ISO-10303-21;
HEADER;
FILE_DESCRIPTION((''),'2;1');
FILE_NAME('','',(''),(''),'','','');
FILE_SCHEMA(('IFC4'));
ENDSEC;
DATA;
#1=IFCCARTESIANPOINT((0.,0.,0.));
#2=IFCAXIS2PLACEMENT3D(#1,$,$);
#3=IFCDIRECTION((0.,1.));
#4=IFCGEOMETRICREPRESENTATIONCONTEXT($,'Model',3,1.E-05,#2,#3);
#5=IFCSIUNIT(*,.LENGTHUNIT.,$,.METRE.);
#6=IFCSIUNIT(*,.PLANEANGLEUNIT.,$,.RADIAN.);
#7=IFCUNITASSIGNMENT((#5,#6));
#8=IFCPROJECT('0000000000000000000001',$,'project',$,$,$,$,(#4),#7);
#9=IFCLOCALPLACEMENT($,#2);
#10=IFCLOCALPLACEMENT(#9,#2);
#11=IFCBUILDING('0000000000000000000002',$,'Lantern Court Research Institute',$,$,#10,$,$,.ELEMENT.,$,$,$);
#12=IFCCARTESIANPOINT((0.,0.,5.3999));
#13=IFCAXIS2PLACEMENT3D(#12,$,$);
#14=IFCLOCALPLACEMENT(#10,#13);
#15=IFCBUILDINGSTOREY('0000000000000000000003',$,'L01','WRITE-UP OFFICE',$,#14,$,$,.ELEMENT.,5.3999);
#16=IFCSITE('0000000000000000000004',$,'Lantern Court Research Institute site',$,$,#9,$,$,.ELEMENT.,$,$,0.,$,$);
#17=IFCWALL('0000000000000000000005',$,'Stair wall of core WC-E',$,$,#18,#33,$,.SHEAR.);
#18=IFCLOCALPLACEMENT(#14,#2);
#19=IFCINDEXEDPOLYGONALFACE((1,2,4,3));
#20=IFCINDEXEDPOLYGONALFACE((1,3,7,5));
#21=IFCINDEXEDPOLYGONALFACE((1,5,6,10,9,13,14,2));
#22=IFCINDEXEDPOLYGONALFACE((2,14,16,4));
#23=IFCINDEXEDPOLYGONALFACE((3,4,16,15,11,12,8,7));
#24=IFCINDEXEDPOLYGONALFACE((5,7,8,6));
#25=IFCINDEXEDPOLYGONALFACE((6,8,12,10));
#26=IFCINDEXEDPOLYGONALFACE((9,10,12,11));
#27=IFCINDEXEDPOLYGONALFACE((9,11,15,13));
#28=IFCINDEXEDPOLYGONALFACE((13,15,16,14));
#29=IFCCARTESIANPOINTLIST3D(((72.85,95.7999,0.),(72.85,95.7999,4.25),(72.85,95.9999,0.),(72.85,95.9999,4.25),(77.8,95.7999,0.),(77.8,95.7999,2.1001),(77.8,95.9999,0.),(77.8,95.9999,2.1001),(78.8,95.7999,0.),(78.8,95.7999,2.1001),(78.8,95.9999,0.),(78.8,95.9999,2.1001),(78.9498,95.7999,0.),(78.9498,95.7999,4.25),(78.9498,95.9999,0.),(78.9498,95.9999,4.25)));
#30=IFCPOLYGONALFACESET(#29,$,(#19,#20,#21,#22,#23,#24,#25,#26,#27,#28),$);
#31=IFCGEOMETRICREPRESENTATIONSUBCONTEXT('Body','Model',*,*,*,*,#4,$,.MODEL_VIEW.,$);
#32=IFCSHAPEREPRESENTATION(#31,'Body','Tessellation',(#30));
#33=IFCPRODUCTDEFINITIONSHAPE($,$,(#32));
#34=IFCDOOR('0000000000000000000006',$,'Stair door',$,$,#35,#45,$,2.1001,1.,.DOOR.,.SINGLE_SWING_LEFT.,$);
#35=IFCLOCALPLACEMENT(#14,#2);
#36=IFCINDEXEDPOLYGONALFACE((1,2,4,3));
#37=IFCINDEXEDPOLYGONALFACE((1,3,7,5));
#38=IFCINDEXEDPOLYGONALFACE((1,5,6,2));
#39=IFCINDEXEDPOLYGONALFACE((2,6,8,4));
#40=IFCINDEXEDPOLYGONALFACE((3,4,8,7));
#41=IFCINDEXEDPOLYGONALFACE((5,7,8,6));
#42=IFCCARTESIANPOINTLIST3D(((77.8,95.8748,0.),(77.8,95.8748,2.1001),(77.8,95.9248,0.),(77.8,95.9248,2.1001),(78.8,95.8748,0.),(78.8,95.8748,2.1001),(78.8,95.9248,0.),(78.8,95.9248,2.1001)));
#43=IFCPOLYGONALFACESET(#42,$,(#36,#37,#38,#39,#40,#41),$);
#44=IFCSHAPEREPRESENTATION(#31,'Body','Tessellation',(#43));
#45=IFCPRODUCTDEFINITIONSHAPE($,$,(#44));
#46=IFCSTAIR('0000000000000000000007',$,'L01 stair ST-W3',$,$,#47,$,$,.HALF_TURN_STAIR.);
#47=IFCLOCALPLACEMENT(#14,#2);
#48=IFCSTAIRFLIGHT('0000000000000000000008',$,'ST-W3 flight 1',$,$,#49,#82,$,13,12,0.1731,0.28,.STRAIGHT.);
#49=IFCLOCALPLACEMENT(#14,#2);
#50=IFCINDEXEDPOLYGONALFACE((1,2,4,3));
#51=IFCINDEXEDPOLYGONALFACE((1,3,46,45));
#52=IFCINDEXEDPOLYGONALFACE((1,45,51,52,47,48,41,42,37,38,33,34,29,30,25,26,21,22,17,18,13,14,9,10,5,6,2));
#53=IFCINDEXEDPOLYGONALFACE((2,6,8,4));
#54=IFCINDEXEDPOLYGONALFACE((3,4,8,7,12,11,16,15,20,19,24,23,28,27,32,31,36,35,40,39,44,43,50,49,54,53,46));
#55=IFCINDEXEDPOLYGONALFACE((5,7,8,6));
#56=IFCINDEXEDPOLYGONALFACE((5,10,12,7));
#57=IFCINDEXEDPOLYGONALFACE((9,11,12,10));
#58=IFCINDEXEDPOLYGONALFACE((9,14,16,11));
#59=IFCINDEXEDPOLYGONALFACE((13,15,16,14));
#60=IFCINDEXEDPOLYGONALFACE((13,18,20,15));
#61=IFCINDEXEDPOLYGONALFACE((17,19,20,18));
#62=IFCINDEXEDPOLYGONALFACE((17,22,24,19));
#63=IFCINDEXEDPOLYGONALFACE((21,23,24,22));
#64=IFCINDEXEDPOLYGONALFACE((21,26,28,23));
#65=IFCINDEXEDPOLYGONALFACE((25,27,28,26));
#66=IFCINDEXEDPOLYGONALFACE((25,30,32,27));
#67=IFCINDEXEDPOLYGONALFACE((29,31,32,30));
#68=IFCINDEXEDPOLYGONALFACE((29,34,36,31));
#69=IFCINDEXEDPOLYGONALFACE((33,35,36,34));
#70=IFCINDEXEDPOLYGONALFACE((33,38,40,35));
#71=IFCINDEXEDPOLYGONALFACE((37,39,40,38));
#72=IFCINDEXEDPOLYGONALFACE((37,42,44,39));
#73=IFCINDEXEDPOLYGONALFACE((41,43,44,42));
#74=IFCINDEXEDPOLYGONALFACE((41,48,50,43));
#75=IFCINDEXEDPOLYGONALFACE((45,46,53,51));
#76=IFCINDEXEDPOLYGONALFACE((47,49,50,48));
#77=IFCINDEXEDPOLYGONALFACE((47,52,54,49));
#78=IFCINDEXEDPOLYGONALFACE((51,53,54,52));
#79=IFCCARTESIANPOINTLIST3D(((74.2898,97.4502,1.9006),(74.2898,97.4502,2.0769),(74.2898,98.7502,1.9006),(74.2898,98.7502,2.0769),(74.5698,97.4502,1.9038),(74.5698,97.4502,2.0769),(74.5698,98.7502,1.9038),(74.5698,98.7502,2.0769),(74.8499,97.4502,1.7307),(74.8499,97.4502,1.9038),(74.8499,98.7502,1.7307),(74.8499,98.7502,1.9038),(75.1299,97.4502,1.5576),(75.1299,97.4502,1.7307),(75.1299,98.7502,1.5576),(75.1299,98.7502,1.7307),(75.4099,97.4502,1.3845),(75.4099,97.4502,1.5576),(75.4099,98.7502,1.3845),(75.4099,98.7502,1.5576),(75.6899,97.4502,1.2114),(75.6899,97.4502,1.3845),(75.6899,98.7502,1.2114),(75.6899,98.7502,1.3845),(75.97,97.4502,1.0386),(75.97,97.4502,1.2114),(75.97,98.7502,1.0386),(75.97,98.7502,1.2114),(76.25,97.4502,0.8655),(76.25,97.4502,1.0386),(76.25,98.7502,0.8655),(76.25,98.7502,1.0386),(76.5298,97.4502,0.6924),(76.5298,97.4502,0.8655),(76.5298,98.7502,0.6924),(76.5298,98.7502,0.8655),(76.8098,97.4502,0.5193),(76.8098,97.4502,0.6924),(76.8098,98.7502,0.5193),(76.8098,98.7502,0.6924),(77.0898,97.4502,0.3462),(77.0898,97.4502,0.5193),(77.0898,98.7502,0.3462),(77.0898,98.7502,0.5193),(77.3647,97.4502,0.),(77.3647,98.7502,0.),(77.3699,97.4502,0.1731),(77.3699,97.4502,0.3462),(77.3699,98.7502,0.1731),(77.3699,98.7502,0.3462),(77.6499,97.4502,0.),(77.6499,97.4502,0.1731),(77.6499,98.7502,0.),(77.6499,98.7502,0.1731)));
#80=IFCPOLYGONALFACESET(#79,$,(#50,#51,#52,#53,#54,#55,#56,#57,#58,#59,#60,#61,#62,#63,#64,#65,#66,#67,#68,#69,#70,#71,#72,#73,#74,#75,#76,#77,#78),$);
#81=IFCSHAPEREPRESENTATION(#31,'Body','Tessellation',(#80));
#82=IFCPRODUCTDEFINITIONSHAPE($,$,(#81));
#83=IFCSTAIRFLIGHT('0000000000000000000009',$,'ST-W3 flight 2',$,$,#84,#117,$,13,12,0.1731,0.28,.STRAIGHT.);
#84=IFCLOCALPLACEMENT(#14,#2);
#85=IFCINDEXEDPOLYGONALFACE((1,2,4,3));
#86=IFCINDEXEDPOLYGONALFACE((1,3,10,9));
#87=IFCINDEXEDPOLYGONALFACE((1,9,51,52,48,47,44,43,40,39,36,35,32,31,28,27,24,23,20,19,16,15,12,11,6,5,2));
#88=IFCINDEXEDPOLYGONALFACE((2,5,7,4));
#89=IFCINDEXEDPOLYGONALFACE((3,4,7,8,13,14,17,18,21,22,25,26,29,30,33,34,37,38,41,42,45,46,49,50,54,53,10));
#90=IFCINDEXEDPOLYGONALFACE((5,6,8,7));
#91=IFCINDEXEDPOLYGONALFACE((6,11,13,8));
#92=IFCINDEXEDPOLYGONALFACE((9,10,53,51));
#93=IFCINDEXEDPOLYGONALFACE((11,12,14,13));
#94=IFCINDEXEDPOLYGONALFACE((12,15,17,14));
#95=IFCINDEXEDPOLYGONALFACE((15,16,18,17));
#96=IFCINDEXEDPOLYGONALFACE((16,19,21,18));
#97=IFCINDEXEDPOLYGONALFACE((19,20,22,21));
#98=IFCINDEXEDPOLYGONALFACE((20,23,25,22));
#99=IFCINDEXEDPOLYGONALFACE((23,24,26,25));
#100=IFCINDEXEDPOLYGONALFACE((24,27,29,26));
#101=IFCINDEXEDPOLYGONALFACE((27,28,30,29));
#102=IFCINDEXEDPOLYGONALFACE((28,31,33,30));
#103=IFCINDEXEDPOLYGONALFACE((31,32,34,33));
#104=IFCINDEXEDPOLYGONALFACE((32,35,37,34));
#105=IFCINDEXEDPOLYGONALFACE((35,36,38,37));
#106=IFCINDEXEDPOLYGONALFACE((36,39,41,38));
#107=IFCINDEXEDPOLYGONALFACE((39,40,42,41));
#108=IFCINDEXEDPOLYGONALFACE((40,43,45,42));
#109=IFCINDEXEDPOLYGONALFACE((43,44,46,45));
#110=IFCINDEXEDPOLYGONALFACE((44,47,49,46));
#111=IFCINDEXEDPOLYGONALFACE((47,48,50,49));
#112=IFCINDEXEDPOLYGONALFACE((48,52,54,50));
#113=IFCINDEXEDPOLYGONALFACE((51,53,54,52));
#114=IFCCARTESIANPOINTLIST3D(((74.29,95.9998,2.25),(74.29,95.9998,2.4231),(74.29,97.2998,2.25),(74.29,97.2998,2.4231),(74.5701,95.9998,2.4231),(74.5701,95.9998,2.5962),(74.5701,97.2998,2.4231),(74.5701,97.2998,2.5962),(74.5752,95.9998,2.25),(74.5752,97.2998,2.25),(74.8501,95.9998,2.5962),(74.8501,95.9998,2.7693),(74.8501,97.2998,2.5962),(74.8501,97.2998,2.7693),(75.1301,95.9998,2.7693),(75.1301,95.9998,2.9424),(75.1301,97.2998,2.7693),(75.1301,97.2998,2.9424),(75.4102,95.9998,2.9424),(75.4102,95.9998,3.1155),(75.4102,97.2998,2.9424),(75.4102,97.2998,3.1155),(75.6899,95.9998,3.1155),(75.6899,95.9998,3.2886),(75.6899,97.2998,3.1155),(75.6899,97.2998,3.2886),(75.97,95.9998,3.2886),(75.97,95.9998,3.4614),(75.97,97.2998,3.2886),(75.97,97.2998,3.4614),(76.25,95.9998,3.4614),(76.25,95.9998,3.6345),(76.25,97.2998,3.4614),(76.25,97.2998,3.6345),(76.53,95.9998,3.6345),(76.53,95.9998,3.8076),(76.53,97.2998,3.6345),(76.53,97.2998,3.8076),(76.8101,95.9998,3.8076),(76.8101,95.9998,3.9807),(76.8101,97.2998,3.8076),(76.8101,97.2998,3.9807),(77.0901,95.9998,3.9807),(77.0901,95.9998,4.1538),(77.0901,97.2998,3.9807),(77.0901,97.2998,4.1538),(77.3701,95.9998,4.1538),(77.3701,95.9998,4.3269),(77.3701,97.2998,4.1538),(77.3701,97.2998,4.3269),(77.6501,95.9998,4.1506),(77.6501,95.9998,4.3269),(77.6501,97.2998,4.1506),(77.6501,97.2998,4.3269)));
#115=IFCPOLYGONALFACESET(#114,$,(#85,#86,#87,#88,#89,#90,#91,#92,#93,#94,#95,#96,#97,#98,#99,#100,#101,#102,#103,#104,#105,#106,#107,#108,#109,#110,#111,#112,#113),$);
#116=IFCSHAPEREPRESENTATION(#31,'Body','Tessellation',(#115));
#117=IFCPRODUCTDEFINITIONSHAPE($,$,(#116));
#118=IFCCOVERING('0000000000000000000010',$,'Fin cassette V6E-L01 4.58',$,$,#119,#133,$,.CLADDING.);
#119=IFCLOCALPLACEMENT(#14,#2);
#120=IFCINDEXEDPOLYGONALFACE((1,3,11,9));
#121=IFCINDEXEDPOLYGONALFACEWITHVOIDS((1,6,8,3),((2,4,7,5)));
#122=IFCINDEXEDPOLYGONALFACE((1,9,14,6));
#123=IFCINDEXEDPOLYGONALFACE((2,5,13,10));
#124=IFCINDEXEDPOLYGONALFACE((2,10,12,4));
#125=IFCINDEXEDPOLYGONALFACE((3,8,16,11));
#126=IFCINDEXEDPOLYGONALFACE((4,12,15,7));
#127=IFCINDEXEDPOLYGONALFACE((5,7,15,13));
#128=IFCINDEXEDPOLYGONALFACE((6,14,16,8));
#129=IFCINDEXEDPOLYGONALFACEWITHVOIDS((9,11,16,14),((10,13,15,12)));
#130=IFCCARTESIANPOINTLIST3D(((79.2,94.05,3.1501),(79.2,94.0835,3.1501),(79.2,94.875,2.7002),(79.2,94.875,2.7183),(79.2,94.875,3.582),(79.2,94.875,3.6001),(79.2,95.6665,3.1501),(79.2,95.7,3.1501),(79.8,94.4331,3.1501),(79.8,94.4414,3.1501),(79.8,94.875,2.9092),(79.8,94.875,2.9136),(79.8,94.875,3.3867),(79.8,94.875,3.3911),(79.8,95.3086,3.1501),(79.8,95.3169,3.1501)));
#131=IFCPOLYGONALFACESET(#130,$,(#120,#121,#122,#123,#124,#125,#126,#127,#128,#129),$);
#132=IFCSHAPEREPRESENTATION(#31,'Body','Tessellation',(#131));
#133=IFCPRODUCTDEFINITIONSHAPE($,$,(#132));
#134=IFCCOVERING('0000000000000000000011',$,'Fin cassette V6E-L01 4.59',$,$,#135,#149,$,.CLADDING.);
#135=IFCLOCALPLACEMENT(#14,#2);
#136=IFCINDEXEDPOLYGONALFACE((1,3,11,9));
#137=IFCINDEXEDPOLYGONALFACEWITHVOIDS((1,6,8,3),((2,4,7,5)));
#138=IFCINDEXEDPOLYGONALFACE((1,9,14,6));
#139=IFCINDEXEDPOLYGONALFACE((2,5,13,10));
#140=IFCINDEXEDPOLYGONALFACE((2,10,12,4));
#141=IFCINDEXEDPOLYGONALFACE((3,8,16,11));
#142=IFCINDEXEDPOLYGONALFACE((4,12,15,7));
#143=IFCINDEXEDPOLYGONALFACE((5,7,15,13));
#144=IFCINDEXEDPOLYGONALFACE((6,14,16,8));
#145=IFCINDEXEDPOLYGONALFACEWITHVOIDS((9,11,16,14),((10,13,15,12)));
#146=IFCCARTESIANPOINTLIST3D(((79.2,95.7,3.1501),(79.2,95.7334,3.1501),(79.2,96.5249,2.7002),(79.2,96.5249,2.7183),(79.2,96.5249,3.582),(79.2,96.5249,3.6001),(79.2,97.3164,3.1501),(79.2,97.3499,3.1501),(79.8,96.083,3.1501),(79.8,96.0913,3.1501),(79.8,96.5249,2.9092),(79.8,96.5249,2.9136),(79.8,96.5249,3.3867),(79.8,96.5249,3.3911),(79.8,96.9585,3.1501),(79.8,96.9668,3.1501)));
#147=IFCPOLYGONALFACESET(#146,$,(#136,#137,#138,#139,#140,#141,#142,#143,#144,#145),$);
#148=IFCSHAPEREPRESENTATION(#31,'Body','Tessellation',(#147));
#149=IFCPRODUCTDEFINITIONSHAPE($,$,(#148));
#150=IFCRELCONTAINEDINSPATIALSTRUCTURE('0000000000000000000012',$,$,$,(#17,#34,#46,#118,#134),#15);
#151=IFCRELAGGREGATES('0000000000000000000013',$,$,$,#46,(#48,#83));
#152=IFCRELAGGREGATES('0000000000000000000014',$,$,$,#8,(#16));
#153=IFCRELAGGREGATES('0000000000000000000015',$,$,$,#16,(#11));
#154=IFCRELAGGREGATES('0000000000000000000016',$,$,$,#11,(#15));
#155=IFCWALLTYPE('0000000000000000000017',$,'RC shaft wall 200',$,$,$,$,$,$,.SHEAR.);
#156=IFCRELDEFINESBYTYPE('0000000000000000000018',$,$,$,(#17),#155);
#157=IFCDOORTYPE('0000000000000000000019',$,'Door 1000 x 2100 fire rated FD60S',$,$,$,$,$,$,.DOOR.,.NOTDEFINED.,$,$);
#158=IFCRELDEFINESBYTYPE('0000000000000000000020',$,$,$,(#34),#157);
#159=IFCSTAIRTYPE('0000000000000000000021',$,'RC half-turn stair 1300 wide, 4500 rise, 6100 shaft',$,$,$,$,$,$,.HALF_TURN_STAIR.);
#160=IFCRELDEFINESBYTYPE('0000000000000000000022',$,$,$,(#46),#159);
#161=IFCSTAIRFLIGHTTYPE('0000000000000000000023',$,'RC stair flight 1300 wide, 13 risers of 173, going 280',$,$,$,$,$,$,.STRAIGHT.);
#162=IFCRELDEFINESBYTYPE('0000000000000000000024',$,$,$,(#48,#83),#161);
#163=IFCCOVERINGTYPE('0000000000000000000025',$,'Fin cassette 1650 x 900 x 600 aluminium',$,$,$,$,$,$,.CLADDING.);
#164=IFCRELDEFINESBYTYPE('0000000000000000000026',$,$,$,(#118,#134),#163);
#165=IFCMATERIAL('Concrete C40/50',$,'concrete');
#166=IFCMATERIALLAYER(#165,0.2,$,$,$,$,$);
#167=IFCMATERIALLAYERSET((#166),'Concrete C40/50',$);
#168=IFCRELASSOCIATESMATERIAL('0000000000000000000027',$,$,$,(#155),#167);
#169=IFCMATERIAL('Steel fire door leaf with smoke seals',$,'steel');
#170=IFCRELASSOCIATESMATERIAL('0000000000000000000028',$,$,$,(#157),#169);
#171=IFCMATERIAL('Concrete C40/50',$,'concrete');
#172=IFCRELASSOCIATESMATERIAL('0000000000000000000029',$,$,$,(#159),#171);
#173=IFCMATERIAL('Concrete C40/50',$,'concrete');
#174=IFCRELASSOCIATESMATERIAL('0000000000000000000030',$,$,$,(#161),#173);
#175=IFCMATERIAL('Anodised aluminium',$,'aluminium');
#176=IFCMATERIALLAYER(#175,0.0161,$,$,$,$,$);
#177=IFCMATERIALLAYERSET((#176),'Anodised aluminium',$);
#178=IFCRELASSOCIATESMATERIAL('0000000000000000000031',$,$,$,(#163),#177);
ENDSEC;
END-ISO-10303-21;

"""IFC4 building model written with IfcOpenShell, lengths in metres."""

from ifc_helpers import new_model, entity, si_unit, direction, frame, frame_2d, origin, place, context, subcontext, project, spatial, polyline, rectangle, outline, extrude, material, layer, layer_set, type_object, element, fill, aggregate, save


model = new_model("IFC4")

# Units and contexts
model_context = context("Model", 3, precision=1e-05, world=origin(), true_north=direction((0.0, 1.0)))
body_context = subcontext(model_context, "Body", "Model", "MODEL_VIEW")
ifc_project = project(units=[si_unit("LENGTHUNIT", "METRE"), si_unit("PLANEANGLEUNIT", "RADIAN")], contexts=[model_context])

# Site, building, storey
site_placement = place(None, origin())
site = spatial("IfcSite", under=ifc_project, at=site_placement, Name="Lantern Court Research Institute site", CompositionType="ELEMENT", RefElevation=0.0)
building_placement = place(site_placement, origin())
building = spatial("IfcBuilding", under=site, at=building_placement, Name="Lantern Court Research Institute", CompositionType="ELEMENT")
storey_placement = place(building_placement, frame((0.0, 0.0, 5.3999)))
storey = spatial("IfcBuildingStorey", under=building, at=storey_placement, Name="L01", Description="WRITE-UP OFFICE", CompositionType="ELEMENT", Elevation=5.3999)

# Wall, opening, door
ifc_material_1 = material(Name="Concrete C40/50", Category="concrete")
ifc_layer_1 = layer(ifc_material_1, 0.2)
ifc_layer_set_1 = layer_set([ifc_layer_1], Name="Concrete C40/50")
wall_type = type_object("IfcWallType", Name="RC shaft wall 200", PredefinedType="SHEAR", material=ifc_layer_set_1)
wall_placement = place(storey_placement, frame((72.8501, 95.8999, 0.0), z_axis=(0.0, 0.0, 1.0), x_axis=(1.0, 0.0, 0.0)))
wall = element("IfcWall", 1, at=wall_placement, inside=storey, type_object=wall_type, Name="Stair wall of core WC-E", PredefinedType="SHEAR", context=body_context, shape_type="SweptSolid", body=[
    extrude(rectangle(XDim=6.0999, YDim=0.2, at=frame_2d((3.0498, 0.0))), origin(), (0.0, 0.0, 1.0), 4.25),
])
opening_placement = place(wall_placement, frame((4.95, 0.0, 0.0)))
opening = element("IfcOpeningElement", 2, at=opening_placement, cuts=wall, PredefinedType="OPENING", context=body_context, shape_type="SweptSolid", body=[
    extrude(rectangle(XDim=1.0, YDim=2.1001, at=frame_2d((0.5, 1.05))), frame((0.0, 0.1099, 0.0), z_axis=(0.0, -1.0, 0.0), x_axis=(1.0, 0.0, 0.0)), (0.0, 0.0, 1.0), 0.22),
])
ifc_material_2 = material(Name="Steel fire door leaf with smoke seals", Category="steel")
door_type = type_object("IfcDoorType", Name="Door 1000 x 2100 fire rated FD60S", OperationType="NOTDEFINED", PredefinedType="DOOR", material=ifc_material_2)
door_placement = place(opening_placement, origin())
door = element("IfcDoor", 3, at=door_placement, inside=storey, type_object=door_type, Name="Stair door", OperationType="SINGLE_SWING_LEFT", OverallHeight=2.1001, OverallWidth=1.0, PredefinedType="DOOR", context=body_context, shape_type="SweptSolid", body=[
    extrude(rectangle(XDim=1.0, YDim=2.1001, at=frame_2d((0.5, 1.05))), frame((0.0, 0.0249, 0.0), z_axis=(0.0, -1.0, 0.0), x_axis=(1.0, 0.0, 0.0)), (0.0, 0.0, 1.0), 0.05),
])
fill(opening, door)

# Stair, stair flights
ifc_material_3 = material(Name="Concrete C40/50", Category="concrete")
stair_type = type_object("IfcStairType", Name="RC half-turn stair 1300 wide, 4500 rise, 6100 shaft", PredefinedType="HALF_TURN_STAIR", material=ifc_material_3)
stair_placement = place(storey_placement, origin())
stair = element("IfcStair", 4, at=stair_placement, inside=storey, type_object=stair_type, Name="L01 stair ST-W3", PredefinedType="HALF_TURN_STAIR")
ifc_material_4 = material(Name="Concrete C40/50", Category="concrete")
stair_flight_type = type_object("IfcStairFlightType", Name="RC stair flight 1300 wide, 13 risers of 173, going 280", PredefinedType="STRAIGHT", material=ifc_material_4)
stair_flight_1_placement = place(storey_placement, frame((77.6499, 98.1001, 0.0), z_axis=(0.0, 0.0, 1.0), x_axis=(-1.0, 0.0, 0.0)))
stair_flight_1 = element("IfcStairFlight", 5, at=stair_flight_1_placement, type_object=stair_flight_type, Name="ST-W3 flight 1", NumberOfRisers=13, NumberOfTreads=12, PredefinedType="STRAIGHT", RiserHeight=0.1731, TreadLength=0.28, context=body_context, shape_type="SweptSolid", body=[
    extrude(outline(polyline([(0.0, 0.0), (0.0, 0.1731), (0.28, 0.1731), (0.28, 0.3462), (0.5601, 0.3462), (0.5601, 0.5193), (0.8401, 0.5193), (0.8401, 0.6924), (1.1201, 0.6924), (1.1201, 0.8655), (1.3999, 0.8655), (1.3999, 1.0386), (1.6799, 1.0386), (1.6799, 1.2114), (1.96, 1.2114), (1.96, 1.3845), (2.24, 1.3845), (2.24, 1.5576), (2.52, 1.5576), (2.52, 1.7307), (2.8, 1.7307), (2.8, 1.9038), (3.0801, 1.9038), (3.0801, 2.0769), (3.3601, 2.0769), (3.3601, 2.25), (3.3601, 1.9006), (0.2852, 0.0), (0.0, 0.0)])), frame((0.0, 0.6499, 0.0), z_axis=(0.0, -1.0, 0.0), x_axis=(1.0, 0.0, 0.0)), (0.0, 0.0, 1.0), 1.3),
])
stair_flight_2_placement = place(storey_placement, frame((74.29, 96.6499, 2.25), z_axis=(0.0, 0.0, 1.0), x_axis=(1.0, 0.0, 0.0)))
stair_flight_2 = element("IfcStairFlight", 6, at=stair_flight_2_placement, type_object=stair_flight_type, Name="ST-W3 flight 2", NumberOfRisers=13, NumberOfTreads=12, PredefinedType="STRAIGHT", RiserHeight=0.1731, TreadLength=0.28, context=body_context, shape_type="SweptSolid", body=[
    extrude(outline(polyline([(0.0, 0.0), (0.0, 0.1731), (0.28, 0.1731), (0.28, 0.3462), (0.5601, 0.3462), (0.5601, 0.5193), (0.8401, 0.5193), (0.8401, 0.6924), (1.1201, 0.6924), (1.1201, 0.8655), (1.3999, 0.8655), (1.3999, 1.0386), (1.6799, 1.0386), (1.6799, 1.2114), (1.96, 1.2114), (1.96, 1.3845), (2.24, 1.3845), (2.24, 1.5576), (2.52, 1.5576), (2.52, 1.7307), (2.8, 1.7307), (2.8, 1.9038), (3.0801, 1.9038), (3.0801, 2.0769), (3.3601, 2.0769), (3.3601, 2.25), (3.3601, 1.9006), (0.2852, 0.0), (0.0, 0.0)])), frame((0.0, 0.6499, 0.0), z_axis=(0.0, -1.0, 0.0), x_axis=(1.0, 0.0, 0.0)), (0.0, 0.0, 1.0), 1.3),
])
aggregate(stair, [stair_flight_1, stair_flight_2])

# Coverings
ifc_material_5 = material(Name="Anodised aluminium", Category="aluminium")
ifc_layer_2 = layer(ifc_material_5, 0.0161)
ifc_layer_set_2 = layer_set([ifc_layer_2], Name="Anodised aluminium")
covering_type = type_object("IfcCoveringType", Name="Fin cassette 1650 x 900 x 600 aluminium", PredefinedType="CLADDING", material=ifc_layer_set_2)
covering_1_placement = place(storey_placement, frame((79.2, 94.875, 3.1501), z_axis=(1.0, 0.0, 0.0), x_axis=(0.0, 1.0, 0.0)))
cartesian_point_1 = entity("IfcCartesianPoint", [0.825, 0.0])
cartesian_point_2 = entity("IfcCartesianPoint", [0.7915, 0.0])
cartesian_point_3 = entity("IfcCartesianPoint", [0.4419, 0.0])
cartesian_point_4 = entity("IfcCartesianPoint", [0.4336, 0.0])
element("IfcCovering", 7, at=covering_1_placement, inside=storey, type_object=covering_type, Name="Fin cassette V6E-L01 4.58", PredefinedType="CLADDING", context=body_context, shape_type="SweptSolid", body=[
    entity("IfcExtrudedAreaSolidTapered", entity("IfcArbitraryProfileDefWithVoids", "AREA", None, entity("IfcPolyline", [cartesian_point_1, entity("IfcCartesianPoint", [0.0, 0.45]), entity("IfcCartesianPoint", [-0.825, 0.0]), entity("IfcCartesianPoint", [0.0, -0.45]), cartesian_point_1]), [entity("IfcPolyline", [cartesian_point_2, entity("IfcCartesianPoint", [0.0, 0.4319]), entity("IfcCartesianPoint", [-0.7915, 0.0]), entity("IfcCartesianPoint", [0.0, -0.4319]), cartesian_point_2])]), entity("IfcAxis2Placement3D", entity("IfcCartesianPoint", [0.0, 0.0, 0.0])), entity("IfcDirection", [0.0, 0.0, 1.0]), 0.6001, entity("IfcArbitraryProfileDefWithVoids", "AREA", None, entity("IfcPolyline", [cartesian_point_3, entity("IfcCartesianPoint", [0.0, 0.241]), entity("IfcCartesianPoint", [-0.4419, 0.0]), entity("IfcCartesianPoint", [0.0, -0.241]), cartesian_point_3]), [entity("IfcPolyline", [cartesian_point_4, entity("IfcCartesianPoint", [0.0, 0.2366]), entity("IfcCartesianPoint", [-0.4336, 0.0]), entity("IfcCartesianPoint", [0.0, -0.2366]), cartesian_point_4])])),
])
covering_2_placement = place(storey_placement, frame((79.2, 96.5249, 3.1501), z_axis=(1.0, 0.0, 0.0), x_axis=(0.0, 1.0, 0.0)))
cartesian_point_5 = entity("IfcCartesianPoint", [0.825, 0.0])
cartesian_point_6 = entity("IfcCartesianPoint", [0.7915, 0.0])
cartesian_point_7 = entity("IfcCartesianPoint", [0.4419, 0.0])
cartesian_point_8 = entity("IfcCartesianPoint", [0.4336, 0.0])
element("IfcCovering", 8, at=covering_2_placement, inside=storey, type_object=covering_type, Name="Fin cassette V6E-L01 4.59", PredefinedType="CLADDING", context=body_context, shape_type="SweptSolid", body=[
    entity("IfcExtrudedAreaSolidTapered", entity("IfcArbitraryProfileDefWithVoids", "AREA", None, entity("IfcPolyline", [cartesian_point_5, entity("IfcCartesianPoint", [0.0, 0.45]), entity("IfcCartesianPoint", [-0.825, 0.0]), entity("IfcCartesianPoint", [0.0, -0.45]), cartesian_point_5]), [entity("IfcPolyline", [cartesian_point_6, entity("IfcCartesianPoint", [0.0, 0.4319]), entity("IfcCartesianPoint", [-0.7915, 0.0]), entity("IfcCartesianPoint", [0.0, -0.4319]), cartesian_point_6])]), entity("IfcAxis2Placement3D", entity("IfcCartesianPoint", [0.0, 0.0, 0.0])), entity("IfcDirection", [0.0, 0.0, 1.0]), 0.6001, entity("IfcArbitraryProfileDefWithVoids", "AREA", None, entity("IfcPolyline", [cartesian_point_7, entity("IfcCartesianPoint", [0.0, 0.241]), entity("IfcCartesianPoint", [-0.4419, 0.0]), entity("IfcCartesianPoint", [0.0, -0.241]), cartesian_point_7]), [entity("IfcPolyline", [cartesian_point_8, entity("IfcCartesianPoint", [0.0, 0.2366]), entity("IfcCartesianPoint", [-0.4336, 0.0]), entity("IfcCartesianPoint", [0.0, -0.2366]), cartesian_point_8])])),
])

save(model, "model.ifc")
